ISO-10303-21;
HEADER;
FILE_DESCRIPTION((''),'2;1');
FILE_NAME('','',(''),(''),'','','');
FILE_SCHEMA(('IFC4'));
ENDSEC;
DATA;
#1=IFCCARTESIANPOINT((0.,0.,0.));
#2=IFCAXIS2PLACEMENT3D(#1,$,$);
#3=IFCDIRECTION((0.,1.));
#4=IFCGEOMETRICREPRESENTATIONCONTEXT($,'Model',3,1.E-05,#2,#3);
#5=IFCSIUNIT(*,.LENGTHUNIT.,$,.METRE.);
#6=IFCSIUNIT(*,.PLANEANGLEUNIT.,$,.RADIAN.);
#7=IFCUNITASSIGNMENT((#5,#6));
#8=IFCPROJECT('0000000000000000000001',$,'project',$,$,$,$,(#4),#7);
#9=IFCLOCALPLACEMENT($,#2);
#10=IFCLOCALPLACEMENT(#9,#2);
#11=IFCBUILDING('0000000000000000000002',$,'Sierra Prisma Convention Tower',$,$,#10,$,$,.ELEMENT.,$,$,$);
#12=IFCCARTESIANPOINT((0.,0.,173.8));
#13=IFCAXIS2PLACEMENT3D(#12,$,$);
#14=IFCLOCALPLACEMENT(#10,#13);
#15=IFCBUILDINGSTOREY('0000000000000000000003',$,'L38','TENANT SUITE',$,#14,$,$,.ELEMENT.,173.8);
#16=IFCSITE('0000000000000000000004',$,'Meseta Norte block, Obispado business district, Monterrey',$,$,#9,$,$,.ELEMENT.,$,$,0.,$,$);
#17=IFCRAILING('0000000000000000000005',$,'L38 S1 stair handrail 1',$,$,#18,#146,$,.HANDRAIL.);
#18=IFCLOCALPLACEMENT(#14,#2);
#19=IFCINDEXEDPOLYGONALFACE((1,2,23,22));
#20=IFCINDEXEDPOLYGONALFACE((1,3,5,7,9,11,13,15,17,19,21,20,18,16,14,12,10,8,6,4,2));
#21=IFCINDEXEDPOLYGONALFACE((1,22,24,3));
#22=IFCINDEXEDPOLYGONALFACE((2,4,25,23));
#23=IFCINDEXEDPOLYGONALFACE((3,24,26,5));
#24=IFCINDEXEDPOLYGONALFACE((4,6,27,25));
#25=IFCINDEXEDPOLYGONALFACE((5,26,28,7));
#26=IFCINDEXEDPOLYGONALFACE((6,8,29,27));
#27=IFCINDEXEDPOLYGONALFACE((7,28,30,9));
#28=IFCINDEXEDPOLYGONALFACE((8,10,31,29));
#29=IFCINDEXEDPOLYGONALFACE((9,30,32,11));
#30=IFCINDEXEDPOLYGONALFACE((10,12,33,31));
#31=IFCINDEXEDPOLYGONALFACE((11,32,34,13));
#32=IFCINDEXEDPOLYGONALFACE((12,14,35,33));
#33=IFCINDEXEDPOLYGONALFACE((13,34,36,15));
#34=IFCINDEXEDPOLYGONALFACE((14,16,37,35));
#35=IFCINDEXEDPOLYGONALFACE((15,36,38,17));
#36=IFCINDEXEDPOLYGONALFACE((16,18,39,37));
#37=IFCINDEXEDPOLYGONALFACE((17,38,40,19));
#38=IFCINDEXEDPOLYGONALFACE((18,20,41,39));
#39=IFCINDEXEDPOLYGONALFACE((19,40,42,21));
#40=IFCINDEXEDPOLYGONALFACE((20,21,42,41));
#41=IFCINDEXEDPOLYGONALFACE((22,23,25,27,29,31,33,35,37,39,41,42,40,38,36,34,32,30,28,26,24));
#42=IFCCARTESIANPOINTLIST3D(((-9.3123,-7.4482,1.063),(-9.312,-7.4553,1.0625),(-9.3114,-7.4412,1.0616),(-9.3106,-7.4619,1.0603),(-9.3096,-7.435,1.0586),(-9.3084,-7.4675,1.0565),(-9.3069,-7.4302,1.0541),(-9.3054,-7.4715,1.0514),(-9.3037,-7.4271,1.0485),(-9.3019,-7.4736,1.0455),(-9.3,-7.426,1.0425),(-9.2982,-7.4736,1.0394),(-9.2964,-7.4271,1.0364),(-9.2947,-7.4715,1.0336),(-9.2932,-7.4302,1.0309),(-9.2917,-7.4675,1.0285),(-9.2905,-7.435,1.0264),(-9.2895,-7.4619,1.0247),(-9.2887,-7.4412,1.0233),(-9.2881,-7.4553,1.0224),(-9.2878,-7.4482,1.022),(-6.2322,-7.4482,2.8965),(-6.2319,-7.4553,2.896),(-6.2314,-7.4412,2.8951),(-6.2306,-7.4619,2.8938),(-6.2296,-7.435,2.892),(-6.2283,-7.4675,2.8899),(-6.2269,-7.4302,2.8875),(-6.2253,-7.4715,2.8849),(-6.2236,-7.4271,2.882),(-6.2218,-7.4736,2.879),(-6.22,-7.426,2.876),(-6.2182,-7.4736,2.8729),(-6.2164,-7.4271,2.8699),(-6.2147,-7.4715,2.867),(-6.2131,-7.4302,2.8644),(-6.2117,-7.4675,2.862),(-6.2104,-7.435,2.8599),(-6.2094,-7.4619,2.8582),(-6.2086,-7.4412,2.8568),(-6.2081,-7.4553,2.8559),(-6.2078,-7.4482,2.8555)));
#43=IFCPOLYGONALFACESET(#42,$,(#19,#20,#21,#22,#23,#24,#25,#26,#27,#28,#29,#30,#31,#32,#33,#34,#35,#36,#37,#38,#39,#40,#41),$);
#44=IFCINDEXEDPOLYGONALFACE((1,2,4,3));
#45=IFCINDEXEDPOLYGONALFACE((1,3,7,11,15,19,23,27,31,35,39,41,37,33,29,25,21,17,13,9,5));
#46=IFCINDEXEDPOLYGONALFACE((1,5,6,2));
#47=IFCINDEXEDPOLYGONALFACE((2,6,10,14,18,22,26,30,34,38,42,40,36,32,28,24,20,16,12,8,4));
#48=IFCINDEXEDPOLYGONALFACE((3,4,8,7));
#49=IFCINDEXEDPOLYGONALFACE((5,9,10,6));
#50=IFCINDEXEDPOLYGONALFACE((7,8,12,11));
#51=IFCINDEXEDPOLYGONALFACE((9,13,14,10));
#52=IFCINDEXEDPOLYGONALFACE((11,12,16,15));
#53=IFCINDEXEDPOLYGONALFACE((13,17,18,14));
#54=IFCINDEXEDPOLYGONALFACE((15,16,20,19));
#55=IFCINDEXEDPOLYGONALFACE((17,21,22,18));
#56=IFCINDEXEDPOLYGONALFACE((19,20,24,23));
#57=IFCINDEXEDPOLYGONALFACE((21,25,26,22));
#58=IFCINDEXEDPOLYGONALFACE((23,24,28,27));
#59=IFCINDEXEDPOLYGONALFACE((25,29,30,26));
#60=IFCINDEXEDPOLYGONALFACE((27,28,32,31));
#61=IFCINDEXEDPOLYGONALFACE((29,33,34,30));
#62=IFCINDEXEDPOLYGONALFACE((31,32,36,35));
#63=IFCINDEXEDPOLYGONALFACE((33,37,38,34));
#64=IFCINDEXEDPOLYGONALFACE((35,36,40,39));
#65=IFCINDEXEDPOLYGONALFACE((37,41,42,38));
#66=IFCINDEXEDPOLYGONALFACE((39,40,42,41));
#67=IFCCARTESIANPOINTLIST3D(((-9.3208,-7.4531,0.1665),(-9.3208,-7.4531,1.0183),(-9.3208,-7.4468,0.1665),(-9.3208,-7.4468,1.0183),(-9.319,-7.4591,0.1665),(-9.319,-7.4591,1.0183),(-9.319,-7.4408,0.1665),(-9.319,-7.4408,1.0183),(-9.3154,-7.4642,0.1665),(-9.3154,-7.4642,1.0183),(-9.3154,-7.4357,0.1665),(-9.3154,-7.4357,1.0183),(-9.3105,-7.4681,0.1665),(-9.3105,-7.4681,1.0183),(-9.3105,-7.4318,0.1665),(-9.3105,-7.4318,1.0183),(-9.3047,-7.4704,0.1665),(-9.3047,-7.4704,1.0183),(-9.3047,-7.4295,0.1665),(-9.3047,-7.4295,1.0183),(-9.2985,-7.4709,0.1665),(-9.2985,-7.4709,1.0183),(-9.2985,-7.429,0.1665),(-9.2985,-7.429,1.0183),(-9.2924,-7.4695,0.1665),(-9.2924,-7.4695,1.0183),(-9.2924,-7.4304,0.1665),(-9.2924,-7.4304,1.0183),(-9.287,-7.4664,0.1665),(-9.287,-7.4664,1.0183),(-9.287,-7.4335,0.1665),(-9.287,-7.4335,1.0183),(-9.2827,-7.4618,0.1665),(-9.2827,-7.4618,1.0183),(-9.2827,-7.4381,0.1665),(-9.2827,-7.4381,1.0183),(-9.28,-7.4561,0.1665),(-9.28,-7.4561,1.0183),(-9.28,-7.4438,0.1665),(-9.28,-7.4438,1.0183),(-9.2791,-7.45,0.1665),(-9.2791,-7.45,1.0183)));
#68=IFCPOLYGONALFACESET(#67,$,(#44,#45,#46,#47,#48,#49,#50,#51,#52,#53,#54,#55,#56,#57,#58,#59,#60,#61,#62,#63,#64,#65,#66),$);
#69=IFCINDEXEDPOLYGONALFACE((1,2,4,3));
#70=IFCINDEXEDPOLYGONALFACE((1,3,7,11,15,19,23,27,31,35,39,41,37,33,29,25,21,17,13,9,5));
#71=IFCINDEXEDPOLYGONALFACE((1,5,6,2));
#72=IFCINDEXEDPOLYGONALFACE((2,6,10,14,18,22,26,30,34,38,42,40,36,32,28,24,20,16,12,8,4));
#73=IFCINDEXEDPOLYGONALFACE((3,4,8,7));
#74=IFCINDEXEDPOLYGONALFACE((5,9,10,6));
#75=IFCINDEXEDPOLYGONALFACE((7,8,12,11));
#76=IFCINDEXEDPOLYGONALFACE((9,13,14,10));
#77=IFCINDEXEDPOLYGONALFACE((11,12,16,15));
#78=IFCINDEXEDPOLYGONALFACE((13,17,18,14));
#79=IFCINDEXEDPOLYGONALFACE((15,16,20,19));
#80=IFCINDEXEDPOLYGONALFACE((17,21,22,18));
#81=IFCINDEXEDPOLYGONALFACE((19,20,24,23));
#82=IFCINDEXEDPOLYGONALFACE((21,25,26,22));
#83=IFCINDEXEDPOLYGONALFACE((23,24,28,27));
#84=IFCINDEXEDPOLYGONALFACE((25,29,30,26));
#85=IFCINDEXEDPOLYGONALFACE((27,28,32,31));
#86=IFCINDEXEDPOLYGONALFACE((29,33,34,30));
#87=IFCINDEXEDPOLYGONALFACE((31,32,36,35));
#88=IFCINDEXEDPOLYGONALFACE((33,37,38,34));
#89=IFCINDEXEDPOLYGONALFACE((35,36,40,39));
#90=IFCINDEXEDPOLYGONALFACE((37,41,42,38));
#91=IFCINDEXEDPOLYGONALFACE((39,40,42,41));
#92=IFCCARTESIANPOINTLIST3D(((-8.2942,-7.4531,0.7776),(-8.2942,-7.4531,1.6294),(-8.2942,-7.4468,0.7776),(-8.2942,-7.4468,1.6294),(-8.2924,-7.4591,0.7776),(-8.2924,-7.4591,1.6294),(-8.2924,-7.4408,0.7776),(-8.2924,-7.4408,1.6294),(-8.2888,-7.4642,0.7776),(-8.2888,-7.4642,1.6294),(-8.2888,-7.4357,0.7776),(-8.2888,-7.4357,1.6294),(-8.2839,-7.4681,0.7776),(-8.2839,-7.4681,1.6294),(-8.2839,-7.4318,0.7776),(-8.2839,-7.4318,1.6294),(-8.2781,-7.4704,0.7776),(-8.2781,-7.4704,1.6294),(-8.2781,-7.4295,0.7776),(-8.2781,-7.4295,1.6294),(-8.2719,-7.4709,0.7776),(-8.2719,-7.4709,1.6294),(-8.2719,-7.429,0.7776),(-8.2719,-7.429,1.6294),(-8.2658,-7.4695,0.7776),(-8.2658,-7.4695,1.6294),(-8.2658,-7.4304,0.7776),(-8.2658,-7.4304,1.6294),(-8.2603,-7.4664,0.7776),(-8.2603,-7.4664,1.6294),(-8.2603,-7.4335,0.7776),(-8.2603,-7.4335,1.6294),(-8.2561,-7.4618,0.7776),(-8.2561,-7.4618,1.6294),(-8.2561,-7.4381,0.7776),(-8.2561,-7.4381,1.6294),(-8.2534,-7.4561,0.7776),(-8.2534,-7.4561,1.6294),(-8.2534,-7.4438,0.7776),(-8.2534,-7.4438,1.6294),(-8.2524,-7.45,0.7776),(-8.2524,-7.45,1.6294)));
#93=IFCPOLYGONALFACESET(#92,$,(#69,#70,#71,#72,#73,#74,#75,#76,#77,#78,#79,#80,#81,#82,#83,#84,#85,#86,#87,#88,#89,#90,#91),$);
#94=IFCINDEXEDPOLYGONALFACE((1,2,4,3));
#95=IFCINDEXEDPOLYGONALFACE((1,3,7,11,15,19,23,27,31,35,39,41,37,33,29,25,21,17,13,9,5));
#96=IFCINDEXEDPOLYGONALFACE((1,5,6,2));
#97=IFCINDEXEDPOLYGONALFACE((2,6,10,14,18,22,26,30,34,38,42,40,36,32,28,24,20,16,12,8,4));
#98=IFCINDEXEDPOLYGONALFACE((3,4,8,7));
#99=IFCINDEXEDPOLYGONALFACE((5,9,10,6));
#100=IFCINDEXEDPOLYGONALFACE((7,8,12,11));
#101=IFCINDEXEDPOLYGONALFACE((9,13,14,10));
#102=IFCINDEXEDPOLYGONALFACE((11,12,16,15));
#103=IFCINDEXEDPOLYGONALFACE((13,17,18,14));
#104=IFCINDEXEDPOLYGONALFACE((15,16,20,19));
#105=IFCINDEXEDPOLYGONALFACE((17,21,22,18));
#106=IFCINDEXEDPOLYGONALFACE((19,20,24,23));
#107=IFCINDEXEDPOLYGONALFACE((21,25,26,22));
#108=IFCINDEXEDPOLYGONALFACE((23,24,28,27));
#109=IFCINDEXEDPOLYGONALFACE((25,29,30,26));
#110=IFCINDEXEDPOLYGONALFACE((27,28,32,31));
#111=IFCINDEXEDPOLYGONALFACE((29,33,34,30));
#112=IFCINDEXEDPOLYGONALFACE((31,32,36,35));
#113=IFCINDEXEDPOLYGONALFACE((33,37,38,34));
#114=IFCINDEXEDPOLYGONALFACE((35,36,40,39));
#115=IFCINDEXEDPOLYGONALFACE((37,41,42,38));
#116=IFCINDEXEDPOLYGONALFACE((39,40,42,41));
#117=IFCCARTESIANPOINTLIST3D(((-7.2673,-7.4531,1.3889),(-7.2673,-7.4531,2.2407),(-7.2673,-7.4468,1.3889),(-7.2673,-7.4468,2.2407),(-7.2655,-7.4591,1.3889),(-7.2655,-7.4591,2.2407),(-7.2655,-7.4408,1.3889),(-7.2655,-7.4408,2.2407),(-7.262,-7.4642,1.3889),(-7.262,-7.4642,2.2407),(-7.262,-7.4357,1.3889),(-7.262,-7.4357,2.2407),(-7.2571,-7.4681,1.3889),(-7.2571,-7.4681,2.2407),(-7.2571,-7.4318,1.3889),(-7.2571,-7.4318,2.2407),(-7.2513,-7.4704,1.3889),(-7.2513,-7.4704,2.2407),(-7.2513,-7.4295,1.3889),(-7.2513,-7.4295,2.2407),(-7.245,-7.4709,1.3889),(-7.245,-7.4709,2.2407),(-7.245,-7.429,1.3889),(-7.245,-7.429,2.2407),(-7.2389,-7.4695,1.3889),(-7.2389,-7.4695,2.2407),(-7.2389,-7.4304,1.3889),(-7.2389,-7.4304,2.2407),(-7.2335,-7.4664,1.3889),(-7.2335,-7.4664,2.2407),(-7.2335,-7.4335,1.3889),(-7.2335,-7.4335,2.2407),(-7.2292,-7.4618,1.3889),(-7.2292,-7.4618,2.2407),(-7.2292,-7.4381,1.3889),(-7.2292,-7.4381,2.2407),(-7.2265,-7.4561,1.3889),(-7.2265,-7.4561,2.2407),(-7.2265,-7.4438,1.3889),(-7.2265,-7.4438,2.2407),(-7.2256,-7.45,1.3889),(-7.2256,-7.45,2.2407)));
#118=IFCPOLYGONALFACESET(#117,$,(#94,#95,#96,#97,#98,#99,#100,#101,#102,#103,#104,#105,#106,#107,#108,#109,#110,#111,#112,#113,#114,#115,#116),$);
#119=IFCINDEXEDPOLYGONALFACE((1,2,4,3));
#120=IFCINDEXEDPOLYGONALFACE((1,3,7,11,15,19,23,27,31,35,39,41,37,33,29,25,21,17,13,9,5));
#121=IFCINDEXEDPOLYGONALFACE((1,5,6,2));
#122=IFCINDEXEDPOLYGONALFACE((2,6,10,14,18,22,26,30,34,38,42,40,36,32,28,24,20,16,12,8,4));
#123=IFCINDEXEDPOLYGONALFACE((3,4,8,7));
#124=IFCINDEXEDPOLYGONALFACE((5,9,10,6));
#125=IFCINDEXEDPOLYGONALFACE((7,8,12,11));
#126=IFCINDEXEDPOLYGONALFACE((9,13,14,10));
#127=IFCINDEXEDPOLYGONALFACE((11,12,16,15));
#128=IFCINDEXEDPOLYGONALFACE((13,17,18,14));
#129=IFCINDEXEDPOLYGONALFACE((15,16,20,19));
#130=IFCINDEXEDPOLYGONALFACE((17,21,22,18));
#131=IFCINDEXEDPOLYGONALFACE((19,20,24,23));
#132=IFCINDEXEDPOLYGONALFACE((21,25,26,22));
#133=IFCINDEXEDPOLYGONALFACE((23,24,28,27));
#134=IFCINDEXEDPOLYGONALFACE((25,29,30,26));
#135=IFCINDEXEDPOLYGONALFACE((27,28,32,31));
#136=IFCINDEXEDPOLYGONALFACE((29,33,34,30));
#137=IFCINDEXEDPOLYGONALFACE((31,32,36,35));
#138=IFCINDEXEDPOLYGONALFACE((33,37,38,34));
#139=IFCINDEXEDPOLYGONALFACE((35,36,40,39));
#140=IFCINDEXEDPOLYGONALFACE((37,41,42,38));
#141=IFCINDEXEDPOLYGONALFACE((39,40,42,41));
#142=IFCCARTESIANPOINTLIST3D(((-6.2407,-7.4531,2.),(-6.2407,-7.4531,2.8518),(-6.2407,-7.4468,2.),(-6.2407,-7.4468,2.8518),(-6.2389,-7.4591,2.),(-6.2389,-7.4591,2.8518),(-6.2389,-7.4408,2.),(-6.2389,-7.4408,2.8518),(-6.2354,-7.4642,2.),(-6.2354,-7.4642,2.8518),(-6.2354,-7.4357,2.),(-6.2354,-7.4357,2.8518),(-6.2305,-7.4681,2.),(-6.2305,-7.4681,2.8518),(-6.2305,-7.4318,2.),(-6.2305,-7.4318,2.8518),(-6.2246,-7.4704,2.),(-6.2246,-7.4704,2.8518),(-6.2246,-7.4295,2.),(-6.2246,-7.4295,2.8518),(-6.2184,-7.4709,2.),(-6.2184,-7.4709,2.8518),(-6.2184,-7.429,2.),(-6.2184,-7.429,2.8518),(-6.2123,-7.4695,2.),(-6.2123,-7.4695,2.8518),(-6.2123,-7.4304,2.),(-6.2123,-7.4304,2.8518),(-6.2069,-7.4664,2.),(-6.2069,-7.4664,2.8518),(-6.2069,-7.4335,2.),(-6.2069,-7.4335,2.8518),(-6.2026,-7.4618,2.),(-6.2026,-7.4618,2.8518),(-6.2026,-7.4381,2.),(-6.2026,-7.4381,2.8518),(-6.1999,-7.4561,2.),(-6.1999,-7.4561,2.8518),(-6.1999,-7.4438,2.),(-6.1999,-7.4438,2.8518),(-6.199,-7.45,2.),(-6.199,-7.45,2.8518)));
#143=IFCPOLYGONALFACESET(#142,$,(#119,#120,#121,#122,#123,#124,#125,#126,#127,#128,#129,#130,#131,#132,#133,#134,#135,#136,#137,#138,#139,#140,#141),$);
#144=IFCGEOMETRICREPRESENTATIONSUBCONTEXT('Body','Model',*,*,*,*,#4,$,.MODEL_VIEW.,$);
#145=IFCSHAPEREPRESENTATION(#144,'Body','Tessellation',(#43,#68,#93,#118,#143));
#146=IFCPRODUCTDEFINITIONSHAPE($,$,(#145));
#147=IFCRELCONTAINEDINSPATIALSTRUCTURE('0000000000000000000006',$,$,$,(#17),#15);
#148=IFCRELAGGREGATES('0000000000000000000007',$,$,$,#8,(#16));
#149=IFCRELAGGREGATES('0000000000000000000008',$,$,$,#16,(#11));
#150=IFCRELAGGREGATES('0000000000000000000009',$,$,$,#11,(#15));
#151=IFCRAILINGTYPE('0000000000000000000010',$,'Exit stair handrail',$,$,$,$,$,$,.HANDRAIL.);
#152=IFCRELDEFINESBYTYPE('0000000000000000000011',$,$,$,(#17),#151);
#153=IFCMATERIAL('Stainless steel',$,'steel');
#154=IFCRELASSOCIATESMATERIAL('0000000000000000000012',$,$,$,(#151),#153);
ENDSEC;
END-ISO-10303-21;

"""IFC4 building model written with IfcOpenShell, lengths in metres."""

from ifc_helpers import new_model, si_unit, direction, frame, origin, origin_2d, place, context, subcontext, project, spatial, circle, extrude, material, type_object, element, save


model = new_model("IFC4")

# Units and contexts
model_context = context("Model", 3, precision=1e-05, world=origin(), true_north=direction((0.0, 1.0)))
body_context = subcontext(model_context, "Body", "Model", "MODEL_VIEW")
ifc_project = project(units=[si_unit("LENGTHUNIT", "METRE"), si_unit("PLANEANGLEUNIT", "RADIAN")], contexts=[model_context])

# Site, building, storey
site_placement = place(None, origin())
site = spatial("IfcSite", under=ifc_project, at=site_placement, Name="Meseta Norte block, Obispado business district, Monterrey", CompositionType="ELEMENT", RefElevation=0.0)
building_placement = place(site_placement, origin())
building = spatial("IfcBuilding", under=site, at=building_placement, Name="Sierra Prisma Convention Tower", CompositionType="ELEMENT")
storey_placement = place(building_placement, frame((0.0, 0.0, 173.8)))
storey = spatial("IfcBuildingStorey", under=building, at=storey_placement, Name="L38", Description="TENANT SUITE", CompositionType="ELEMENT", Elevation=173.8)

# Railing
ifc_material_1 = material(Name="Stainless steel", Category="steel")
railing_type = type_object("IfcRailingType", Name="Exit stair handrail", PredefinedType="HANDRAIL", material=ifc_material_1)
railing_placement = place(storey_placement, frame((-9.3, -7.45, 0.1665)))
element("IfcRailing", 1, at=railing_placement, inside=storey, type_object=railing_type, Name="L38 S1 stair handrail 1", PredefinedType="HANDRAIL", context=body_context, shape_type="SweptSolid", body=[
    extrude(circle(Radius=0.0239, at=origin_2d()), frame((0.0, 0.0, 0.876), z_axis=(0.859279, 0.0, 0.511508), x_axis=(0.0, 1.0, 0.0)), (0.0, 0.0, 1.0), 3.5845),
    extrude(circle(Radius=0.021, at=origin_2d()), origin(), (0.0, 0.0, 1.0), 0.8518),
    extrude(circle(Radius=0.021, at=origin_2d()), frame((1.0266, 0.0, 0.6111)), (0.0, 0.0, 1.0), 0.8518),
    extrude(circle(Radius=0.021, at=origin_2d()), frame((2.0535, 0.0, 1.2224)), (0.0, 0.0, 1.0), 0.8518),
    extrude(circle(Radius=0.021, at=origin_2d()), frame((3.0801, 0.0, 1.8335)), (0.0, 0.0, 1.0), 0.8518),
])

save(model, "model.ifc")
